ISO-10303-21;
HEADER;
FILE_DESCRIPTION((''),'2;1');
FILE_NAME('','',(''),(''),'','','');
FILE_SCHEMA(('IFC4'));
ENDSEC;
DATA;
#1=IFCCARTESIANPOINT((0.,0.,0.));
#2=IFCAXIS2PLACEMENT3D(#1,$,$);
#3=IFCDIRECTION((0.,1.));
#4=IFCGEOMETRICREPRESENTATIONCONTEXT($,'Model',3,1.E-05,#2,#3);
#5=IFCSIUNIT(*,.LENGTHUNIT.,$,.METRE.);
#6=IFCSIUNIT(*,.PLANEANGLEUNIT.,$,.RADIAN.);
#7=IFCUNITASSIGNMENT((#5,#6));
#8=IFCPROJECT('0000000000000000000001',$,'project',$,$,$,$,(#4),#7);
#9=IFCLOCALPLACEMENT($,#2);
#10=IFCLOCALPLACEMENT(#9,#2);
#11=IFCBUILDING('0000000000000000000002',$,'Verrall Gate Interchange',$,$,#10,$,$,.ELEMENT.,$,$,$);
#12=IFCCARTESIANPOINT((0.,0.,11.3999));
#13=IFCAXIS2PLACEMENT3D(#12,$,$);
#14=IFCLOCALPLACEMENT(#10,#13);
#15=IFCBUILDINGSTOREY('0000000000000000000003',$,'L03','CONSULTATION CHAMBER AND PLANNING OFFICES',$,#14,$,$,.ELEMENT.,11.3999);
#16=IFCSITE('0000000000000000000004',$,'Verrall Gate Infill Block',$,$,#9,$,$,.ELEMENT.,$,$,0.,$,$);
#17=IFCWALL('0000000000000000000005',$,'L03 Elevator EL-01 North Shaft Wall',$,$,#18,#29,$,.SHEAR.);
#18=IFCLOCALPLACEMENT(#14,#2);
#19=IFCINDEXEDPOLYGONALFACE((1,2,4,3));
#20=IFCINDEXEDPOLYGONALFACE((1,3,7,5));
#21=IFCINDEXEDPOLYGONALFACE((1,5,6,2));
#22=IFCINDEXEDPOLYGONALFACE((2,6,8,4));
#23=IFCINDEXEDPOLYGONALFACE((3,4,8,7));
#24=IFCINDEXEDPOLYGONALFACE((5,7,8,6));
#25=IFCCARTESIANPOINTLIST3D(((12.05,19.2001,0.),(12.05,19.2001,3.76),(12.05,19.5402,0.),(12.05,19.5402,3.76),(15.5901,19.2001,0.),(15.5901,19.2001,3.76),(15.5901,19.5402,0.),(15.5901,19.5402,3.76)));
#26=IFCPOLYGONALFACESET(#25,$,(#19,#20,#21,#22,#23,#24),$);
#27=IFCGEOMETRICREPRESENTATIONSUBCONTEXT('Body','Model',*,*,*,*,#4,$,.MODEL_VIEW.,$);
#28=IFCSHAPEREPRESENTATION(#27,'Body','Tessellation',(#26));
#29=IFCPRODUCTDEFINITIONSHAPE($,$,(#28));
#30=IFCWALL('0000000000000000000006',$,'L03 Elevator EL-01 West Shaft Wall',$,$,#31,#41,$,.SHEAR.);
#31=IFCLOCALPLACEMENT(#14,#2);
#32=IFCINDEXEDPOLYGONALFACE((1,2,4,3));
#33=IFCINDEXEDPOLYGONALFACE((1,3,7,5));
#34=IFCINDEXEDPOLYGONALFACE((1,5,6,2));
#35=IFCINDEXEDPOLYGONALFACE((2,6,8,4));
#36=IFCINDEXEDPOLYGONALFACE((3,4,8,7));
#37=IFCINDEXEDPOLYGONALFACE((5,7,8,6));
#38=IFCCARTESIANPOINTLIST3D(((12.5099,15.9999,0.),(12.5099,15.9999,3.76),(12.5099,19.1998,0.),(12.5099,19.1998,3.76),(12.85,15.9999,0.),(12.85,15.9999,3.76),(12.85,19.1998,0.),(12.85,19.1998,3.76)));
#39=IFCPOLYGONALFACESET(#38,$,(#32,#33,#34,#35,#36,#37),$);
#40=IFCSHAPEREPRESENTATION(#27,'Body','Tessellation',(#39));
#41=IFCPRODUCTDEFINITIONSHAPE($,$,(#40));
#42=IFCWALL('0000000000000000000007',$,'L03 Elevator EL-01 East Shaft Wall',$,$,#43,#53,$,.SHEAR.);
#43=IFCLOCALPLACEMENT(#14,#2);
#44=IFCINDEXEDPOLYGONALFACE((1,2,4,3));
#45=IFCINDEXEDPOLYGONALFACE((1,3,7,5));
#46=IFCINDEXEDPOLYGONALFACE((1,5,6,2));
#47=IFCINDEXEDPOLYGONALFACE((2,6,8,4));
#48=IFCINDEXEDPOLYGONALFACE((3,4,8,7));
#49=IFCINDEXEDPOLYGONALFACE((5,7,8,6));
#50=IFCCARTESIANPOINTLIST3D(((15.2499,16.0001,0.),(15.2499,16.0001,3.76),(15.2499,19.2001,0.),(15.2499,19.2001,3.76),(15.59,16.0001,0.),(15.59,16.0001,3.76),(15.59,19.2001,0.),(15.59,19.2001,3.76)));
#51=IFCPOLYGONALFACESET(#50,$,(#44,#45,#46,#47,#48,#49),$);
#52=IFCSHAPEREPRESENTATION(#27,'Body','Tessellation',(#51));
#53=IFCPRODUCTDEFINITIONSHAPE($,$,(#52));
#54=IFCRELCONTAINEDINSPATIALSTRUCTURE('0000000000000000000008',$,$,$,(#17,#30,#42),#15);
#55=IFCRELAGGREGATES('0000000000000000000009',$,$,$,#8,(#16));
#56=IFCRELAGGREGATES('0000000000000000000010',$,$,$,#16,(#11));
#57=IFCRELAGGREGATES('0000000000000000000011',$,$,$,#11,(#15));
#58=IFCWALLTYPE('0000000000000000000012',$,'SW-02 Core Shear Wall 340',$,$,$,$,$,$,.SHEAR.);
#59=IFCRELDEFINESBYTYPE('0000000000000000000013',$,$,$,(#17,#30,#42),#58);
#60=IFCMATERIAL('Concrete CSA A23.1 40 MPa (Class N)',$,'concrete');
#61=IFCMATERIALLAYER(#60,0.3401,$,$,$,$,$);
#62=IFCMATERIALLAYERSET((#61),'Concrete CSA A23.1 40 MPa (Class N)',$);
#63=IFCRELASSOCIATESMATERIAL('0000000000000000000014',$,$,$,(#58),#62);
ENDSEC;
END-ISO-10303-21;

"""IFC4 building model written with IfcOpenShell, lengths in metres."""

from ifc_helpers import new_model, si_unit, direction, frame, frame_2d, origin, place, context, subcontext, project, spatial, rectangle, extrude, material, layer, layer_set, type_object, element, save


model = new_model("IFC4")

# Units and contexts
model_context = context("Model", 3, precision=1e-05, world=origin(), true_north=direction((0.0, 1.0)))
body_context = subcontext(model_context, "Body", "Model", "MODEL_VIEW")
ifc_project = project(units=[si_unit("LENGTHUNIT", "METRE"), si_unit("PLANEANGLEUNIT", "RADIAN")], contexts=[model_context])

# Site, building, storey
site_placement = place(None, origin())
site = spatial("IfcSite", under=ifc_project, at=site_placement, Name="Verrall Gate Infill Block", CompositionType="ELEMENT", RefElevation=0.0)
building_placement = place(site_placement, origin())
building = spatial("IfcBuilding", under=site, at=building_placement, Name="Verrall Gate Interchange", CompositionType="ELEMENT")
storey_placement = place(building_placement, frame((0.0, 0.0, 11.3999)))
storey = spatial("IfcBuildingStorey", under=building, at=storey_placement, Name="L03", Description="CONSULTATION CHAMBER AND PLANNING OFFICES", CompositionType="ELEMENT", Elevation=11.3999)

# Walls
ifc_material_1 = material(Name="Concrete CSA A23.1 40 MPa (Class N)", Category="concrete")
ifc_layer_1 = layer(ifc_material_1, 0.3401)
ifc_layer_set_1 = layer_set([ifc_layer_1], Name="Concrete CSA A23.1 40 MPa (Class N)")
wall_type_1 = type_object("IfcWallType", Name="SW-02 Core Shear Wall 340", PredefinedType="SHEAR", material=ifc_layer_set_1)
wall_1_placement = place(storey_placement, frame((15.5901, 19.3701, 0.0), z_axis=(0.0, 0.0, 1.0), x_axis=(-1.0, 0.0, 0.0)))
element("IfcWall", 1, at=wall_1_placement, inside=storey, type_object=wall_type_1, Name="L03 Elevator EL-01 North Shaft Wall", PredefinedType="SHEAR", context=body_context, shape_type="SweptSolid", body=[
    extrude(rectangle(XDim=3.54, YDim=0.3401, at=frame_2d((1.77, 0.0))), origin(), (0.0, 0.0, 1.0), 3.76),
])
for number, where, z_axis, x_axis, name in (
    (2, (12.6799, 19.2, 0.0), (0.0, 0.0, 1.0), (0.0, -1.0, 0.0), "L03 Elevator EL-01 West Shaft Wall"),
    (3, (15.4199, 16.0, 0.0), (0.0, 0.0, 1.0), (0.0, 1.0, 0.0), "L03 Elevator EL-01 East Shaft Wall"),
):
    element("IfcWall", number, at=place(storey_placement, frame(where, z_axis=z_axis, x_axis=x_axis)), inside=storey, type_object=wall_type_1, Name=name, PredefinedType="SHEAR", context=body_context, shape_type="SweptSolid", body=[
        extrude(rectangle(XDim=3.2, YDim=0.3401, at=frame_2d((1.6001, 0.0))), origin(), (0.0, 0.0, 1.0), 3.76),
    ])

save(model, "model.ifc")
